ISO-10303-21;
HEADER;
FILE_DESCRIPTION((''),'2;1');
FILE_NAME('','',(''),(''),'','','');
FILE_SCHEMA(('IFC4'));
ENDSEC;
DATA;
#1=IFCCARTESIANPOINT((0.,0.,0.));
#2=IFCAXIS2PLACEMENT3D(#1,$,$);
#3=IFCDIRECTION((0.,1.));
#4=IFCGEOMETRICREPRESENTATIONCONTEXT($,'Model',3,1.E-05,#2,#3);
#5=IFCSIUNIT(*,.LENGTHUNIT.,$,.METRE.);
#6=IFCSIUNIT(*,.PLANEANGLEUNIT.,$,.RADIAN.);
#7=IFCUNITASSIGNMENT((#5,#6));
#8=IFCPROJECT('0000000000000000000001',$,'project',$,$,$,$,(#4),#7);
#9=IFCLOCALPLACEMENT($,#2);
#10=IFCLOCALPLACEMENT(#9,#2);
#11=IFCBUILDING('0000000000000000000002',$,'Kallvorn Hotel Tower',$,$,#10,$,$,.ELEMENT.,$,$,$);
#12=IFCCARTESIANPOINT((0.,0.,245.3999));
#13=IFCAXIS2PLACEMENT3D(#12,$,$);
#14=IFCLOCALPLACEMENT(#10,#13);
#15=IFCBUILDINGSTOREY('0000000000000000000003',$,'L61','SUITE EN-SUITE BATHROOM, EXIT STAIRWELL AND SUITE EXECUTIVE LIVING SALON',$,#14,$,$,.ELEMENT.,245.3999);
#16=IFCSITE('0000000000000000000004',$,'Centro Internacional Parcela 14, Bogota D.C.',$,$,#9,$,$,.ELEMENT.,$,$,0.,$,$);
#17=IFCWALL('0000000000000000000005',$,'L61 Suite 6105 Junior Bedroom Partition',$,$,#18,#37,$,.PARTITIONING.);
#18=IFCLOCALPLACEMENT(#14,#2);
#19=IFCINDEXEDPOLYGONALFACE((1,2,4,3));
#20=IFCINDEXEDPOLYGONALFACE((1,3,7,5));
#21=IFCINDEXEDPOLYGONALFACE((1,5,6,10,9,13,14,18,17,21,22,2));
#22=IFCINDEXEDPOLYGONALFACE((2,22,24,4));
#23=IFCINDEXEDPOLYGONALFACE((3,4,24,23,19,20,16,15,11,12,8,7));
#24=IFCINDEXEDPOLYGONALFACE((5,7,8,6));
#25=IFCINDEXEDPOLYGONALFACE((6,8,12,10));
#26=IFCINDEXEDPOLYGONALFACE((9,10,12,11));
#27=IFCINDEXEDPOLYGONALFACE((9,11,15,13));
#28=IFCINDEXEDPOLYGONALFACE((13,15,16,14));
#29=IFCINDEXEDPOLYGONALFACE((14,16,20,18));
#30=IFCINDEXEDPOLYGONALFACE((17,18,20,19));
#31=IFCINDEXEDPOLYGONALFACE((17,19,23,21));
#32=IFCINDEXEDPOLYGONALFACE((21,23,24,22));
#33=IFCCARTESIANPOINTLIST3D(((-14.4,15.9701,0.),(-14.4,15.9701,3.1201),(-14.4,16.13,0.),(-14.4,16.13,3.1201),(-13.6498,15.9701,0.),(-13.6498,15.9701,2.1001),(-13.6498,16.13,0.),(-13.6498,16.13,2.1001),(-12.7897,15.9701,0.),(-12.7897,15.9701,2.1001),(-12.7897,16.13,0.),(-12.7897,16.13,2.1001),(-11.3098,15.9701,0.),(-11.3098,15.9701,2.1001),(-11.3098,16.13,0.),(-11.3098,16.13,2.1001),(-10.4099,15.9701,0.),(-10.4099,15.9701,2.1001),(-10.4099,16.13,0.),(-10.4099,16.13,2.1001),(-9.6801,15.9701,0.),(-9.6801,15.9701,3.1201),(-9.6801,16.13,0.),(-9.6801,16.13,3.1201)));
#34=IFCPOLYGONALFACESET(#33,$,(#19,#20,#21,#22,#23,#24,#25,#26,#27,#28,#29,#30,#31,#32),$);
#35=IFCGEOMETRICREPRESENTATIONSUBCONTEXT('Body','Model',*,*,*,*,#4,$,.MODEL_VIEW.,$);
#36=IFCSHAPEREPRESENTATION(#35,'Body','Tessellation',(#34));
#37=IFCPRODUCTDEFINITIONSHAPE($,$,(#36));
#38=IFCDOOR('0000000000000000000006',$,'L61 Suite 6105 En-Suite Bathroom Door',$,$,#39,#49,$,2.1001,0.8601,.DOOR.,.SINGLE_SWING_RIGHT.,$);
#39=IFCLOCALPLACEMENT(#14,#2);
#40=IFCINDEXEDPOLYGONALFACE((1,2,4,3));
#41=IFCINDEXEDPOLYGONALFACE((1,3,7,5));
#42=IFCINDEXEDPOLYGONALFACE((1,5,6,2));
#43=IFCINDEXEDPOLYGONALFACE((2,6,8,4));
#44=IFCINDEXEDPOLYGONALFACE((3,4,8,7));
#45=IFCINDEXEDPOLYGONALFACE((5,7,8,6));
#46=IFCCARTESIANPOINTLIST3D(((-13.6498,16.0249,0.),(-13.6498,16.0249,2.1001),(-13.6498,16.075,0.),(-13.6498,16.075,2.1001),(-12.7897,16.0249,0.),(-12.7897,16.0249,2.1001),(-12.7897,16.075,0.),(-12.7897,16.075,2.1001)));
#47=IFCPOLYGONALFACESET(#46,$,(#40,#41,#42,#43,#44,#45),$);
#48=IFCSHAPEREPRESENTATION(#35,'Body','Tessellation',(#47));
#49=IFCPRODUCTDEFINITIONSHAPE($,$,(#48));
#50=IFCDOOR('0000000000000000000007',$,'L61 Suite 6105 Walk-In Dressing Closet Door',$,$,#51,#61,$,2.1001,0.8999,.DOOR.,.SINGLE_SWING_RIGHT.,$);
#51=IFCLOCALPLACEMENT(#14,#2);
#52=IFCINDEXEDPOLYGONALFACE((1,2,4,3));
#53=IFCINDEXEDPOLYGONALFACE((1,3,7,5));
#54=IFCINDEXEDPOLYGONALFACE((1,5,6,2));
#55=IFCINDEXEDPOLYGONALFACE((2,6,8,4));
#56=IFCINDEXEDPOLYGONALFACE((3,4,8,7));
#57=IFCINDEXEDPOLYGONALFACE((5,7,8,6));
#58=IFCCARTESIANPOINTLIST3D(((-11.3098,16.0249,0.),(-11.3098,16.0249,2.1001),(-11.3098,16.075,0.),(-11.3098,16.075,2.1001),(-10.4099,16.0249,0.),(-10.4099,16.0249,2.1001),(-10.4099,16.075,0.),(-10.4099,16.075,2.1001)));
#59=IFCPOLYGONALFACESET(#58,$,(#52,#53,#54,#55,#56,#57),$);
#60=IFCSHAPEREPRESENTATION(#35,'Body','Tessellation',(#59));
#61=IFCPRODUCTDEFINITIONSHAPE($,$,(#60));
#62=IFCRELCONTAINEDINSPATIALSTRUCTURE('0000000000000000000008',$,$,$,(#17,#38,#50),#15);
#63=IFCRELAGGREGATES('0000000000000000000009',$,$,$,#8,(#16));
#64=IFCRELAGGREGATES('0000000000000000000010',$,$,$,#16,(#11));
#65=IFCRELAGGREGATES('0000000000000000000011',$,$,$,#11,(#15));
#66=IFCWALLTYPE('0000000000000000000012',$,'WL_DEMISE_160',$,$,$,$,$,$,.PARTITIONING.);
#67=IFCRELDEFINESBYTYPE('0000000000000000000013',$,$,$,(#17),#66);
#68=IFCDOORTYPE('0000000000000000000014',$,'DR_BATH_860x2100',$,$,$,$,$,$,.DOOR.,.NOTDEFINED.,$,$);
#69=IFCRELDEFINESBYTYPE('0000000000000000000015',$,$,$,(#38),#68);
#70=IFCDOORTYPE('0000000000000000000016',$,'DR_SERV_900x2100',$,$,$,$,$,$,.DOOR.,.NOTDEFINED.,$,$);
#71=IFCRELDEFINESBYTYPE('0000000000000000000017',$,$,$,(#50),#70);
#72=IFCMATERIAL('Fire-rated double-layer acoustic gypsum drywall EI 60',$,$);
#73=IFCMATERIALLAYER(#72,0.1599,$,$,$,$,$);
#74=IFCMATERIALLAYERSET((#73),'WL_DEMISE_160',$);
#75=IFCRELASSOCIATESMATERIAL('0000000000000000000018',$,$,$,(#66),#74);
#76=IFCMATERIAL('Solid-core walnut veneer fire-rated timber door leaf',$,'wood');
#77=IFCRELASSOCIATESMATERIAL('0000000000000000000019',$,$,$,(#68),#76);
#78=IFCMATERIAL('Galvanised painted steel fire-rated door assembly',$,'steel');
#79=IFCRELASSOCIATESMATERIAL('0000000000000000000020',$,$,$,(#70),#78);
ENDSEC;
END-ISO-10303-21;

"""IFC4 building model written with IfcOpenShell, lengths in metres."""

from ifc_helpers import new_model, si_unit, direction, frame, frame_2d, origin, place, context, subcontext, project, spatial, rectangle, extrude, material, layer, layer_set, type_object, element, fill, save


model = new_model("IFC4")

# Units and contexts
model_context = context("Model", 3, precision=1e-05, world=origin(), true_north=direction((0.0, 1.0)))
body_context = subcontext(model_context, "Body", "Model", "MODEL_VIEW")
ifc_project = project(units=[si_unit("LENGTHUNIT", "METRE"), si_unit("PLANEANGLEUNIT", "RADIAN")], contexts=[model_context])

# Site, building, storey
site_placement = place(None, origin())
site = spatial("IfcSite", under=ifc_project, at=site_placement, Name="Centro Internacional Parcela 14, Bogota D.C.", CompositionType="ELEMENT", RefElevation=0.0)
building_placement = place(site_placement, origin())
building = spatial("IfcBuilding", under=site, at=building_placement, Name="Kallvorn Hotel Tower", CompositionType="ELEMENT")
storey_placement = place(building_placement, frame((0.0, 0.0, 245.3999)))
storey = spatial("IfcBuildingStorey", under=building, at=storey_placement, Name="L61", Description="SUITE EN-SUITE BATHROOM, EXIT STAIRWELL AND SUITE EXECUTIVE LIVING SALON", CompositionType="ELEMENT", Elevation=245.3999)

# Wall, openings, doors
ifc_material_1 = material(Name="Fire-rated double-layer acoustic gypsum drywall EI 60")
ifc_layer_1 = layer(ifc_material_1, 0.1599)
ifc_layer_set_1 = layer_set([ifc_layer_1], Name="WL_DEMISE_160")
wall_type = type_object("IfcWallType", Name="WL_DEMISE_160", PredefinedType="PARTITIONING", material=ifc_layer_set_1)
wall_placement = place(storey_placement, frame((-14.3999, 16.05, 0.0), z_axis=(0.0, 0.0, 1.0), x_axis=(1.0, 0.0, 0.0)))
wall = element("IfcWall", 1, at=wall_placement, inside=storey, type_object=wall_type, Name="L61 Suite 6105 Junior Bedroom Partition", PredefinedType="PARTITIONING", context=body_context, shape_type="SweptSolid", body=[
    extrude(rectangle(XDim=4.72, YDim=0.1599, at=frame_2d((2.3599, 0.0))), origin(), (0.0, 0.0, 1.0), 3.1201),
])
opening_1_placement = place(wall_placement, frame((0.75, 0.0, 0.0)))
opening_1 = element("IfcOpeningElement", 2, at=opening_1_placement, cuts=wall, PredefinedType="OPENING", context=body_context, shape_type="SweptSolid", body=[
    extrude(rectangle(XDim=0.8601, YDim=2.1001, at=frame_2d((0.4302, 1.05))), frame((0.0, 0.095, 0.0), z_axis=(0.0, -1.0, 0.0), x_axis=(1.0, 0.0, 0.0)), (0.0, 0.0, 1.0), 0.1899),
])
opening_2_placement = place(wall_placement, frame((3.0901, 0.0, 0.0)))
opening_2 = element("IfcOpeningElement", 3, at=opening_2_placement, cuts=wall, PredefinedType="OPENING", context=body_context, shape_type="SweptSolid", body=[
    extrude(rectangle(XDim=0.8999, YDim=2.1001, at=frame_2d((0.45, 1.05))), frame((0.0, 0.095, 0.0), z_axis=(0.0, -1.0, 0.0), x_axis=(1.0, 0.0, 0.0)), (0.0, 0.0, 1.0), 0.1899),
])
ifc_material_2 = material(Name="Solid-core walnut veneer fire-rated timber door leaf", Category="wood")
door_type_1 = type_object("IfcDoorType", Name="DR_BATH_860x2100", OperationType="NOTDEFINED", PredefinedType="DOOR", material=ifc_material_2)
door_1_placement = place(opening_1_placement, origin())
door_1 = element("IfcDoor", 4, at=door_1_placement, inside=storey, type_object=door_type_1, Name="L61 Suite 6105 En-Suite Bathroom Door", OperationType="SINGLE_SWING_RIGHT", OverallHeight=2.1001, OverallWidth=0.8601, PredefinedType="DOOR", context=body_context, shape_type="SweptSolid", body=[
    extrude(rectangle(XDim=0.8601, YDim=2.1001, at=frame_2d((0.4302, 1.05))), frame((0.0, 0.0249, 0.0), z_axis=(0.0, -1.0, 0.0), x_axis=(1.0, 0.0, 0.0)), (0.0, 0.0, 1.0), 0.05),
])
fill(opening_1, door_1)
ifc_material_3 = material(Name="Galvanised painted steel fire-rated door assembly", Category="steel")
door_type_2 = type_object("IfcDoorType", Name="DR_SERV_900x2100", OperationType="NOTDEFINED", PredefinedType="DOOR", material=ifc_material_3)
door_2_placement = place(opening_2_placement, origin())
door_2 = element("IfcDoor", 5, at=door_2_placement, inside=storey, type_object=door_type_2, Name="L61 Suite 6105 Walk-In Dressing Closet Door", OperationType="SINGLE_SWING_RIGHT", OverallHeight=2.1001, OverallWidth=0.8999, PredefinedType="DOOR", context=body_context, shape_type="SweptSolid", body=[
    extrude(rectangle(XDim=0.8999, YDim=2.1001, at=frame_2d((0.45, 1.05))), frame((0.0, 0.0249, 0.0), z_axis=(0.0, -1.0, 0.0), x_axis=(1.0, 0.0, 0.0)), (0.0, 0.0, 1.0), 0.05),
])
fill(opening_2, door_2)

save(model, "model.ifc")
